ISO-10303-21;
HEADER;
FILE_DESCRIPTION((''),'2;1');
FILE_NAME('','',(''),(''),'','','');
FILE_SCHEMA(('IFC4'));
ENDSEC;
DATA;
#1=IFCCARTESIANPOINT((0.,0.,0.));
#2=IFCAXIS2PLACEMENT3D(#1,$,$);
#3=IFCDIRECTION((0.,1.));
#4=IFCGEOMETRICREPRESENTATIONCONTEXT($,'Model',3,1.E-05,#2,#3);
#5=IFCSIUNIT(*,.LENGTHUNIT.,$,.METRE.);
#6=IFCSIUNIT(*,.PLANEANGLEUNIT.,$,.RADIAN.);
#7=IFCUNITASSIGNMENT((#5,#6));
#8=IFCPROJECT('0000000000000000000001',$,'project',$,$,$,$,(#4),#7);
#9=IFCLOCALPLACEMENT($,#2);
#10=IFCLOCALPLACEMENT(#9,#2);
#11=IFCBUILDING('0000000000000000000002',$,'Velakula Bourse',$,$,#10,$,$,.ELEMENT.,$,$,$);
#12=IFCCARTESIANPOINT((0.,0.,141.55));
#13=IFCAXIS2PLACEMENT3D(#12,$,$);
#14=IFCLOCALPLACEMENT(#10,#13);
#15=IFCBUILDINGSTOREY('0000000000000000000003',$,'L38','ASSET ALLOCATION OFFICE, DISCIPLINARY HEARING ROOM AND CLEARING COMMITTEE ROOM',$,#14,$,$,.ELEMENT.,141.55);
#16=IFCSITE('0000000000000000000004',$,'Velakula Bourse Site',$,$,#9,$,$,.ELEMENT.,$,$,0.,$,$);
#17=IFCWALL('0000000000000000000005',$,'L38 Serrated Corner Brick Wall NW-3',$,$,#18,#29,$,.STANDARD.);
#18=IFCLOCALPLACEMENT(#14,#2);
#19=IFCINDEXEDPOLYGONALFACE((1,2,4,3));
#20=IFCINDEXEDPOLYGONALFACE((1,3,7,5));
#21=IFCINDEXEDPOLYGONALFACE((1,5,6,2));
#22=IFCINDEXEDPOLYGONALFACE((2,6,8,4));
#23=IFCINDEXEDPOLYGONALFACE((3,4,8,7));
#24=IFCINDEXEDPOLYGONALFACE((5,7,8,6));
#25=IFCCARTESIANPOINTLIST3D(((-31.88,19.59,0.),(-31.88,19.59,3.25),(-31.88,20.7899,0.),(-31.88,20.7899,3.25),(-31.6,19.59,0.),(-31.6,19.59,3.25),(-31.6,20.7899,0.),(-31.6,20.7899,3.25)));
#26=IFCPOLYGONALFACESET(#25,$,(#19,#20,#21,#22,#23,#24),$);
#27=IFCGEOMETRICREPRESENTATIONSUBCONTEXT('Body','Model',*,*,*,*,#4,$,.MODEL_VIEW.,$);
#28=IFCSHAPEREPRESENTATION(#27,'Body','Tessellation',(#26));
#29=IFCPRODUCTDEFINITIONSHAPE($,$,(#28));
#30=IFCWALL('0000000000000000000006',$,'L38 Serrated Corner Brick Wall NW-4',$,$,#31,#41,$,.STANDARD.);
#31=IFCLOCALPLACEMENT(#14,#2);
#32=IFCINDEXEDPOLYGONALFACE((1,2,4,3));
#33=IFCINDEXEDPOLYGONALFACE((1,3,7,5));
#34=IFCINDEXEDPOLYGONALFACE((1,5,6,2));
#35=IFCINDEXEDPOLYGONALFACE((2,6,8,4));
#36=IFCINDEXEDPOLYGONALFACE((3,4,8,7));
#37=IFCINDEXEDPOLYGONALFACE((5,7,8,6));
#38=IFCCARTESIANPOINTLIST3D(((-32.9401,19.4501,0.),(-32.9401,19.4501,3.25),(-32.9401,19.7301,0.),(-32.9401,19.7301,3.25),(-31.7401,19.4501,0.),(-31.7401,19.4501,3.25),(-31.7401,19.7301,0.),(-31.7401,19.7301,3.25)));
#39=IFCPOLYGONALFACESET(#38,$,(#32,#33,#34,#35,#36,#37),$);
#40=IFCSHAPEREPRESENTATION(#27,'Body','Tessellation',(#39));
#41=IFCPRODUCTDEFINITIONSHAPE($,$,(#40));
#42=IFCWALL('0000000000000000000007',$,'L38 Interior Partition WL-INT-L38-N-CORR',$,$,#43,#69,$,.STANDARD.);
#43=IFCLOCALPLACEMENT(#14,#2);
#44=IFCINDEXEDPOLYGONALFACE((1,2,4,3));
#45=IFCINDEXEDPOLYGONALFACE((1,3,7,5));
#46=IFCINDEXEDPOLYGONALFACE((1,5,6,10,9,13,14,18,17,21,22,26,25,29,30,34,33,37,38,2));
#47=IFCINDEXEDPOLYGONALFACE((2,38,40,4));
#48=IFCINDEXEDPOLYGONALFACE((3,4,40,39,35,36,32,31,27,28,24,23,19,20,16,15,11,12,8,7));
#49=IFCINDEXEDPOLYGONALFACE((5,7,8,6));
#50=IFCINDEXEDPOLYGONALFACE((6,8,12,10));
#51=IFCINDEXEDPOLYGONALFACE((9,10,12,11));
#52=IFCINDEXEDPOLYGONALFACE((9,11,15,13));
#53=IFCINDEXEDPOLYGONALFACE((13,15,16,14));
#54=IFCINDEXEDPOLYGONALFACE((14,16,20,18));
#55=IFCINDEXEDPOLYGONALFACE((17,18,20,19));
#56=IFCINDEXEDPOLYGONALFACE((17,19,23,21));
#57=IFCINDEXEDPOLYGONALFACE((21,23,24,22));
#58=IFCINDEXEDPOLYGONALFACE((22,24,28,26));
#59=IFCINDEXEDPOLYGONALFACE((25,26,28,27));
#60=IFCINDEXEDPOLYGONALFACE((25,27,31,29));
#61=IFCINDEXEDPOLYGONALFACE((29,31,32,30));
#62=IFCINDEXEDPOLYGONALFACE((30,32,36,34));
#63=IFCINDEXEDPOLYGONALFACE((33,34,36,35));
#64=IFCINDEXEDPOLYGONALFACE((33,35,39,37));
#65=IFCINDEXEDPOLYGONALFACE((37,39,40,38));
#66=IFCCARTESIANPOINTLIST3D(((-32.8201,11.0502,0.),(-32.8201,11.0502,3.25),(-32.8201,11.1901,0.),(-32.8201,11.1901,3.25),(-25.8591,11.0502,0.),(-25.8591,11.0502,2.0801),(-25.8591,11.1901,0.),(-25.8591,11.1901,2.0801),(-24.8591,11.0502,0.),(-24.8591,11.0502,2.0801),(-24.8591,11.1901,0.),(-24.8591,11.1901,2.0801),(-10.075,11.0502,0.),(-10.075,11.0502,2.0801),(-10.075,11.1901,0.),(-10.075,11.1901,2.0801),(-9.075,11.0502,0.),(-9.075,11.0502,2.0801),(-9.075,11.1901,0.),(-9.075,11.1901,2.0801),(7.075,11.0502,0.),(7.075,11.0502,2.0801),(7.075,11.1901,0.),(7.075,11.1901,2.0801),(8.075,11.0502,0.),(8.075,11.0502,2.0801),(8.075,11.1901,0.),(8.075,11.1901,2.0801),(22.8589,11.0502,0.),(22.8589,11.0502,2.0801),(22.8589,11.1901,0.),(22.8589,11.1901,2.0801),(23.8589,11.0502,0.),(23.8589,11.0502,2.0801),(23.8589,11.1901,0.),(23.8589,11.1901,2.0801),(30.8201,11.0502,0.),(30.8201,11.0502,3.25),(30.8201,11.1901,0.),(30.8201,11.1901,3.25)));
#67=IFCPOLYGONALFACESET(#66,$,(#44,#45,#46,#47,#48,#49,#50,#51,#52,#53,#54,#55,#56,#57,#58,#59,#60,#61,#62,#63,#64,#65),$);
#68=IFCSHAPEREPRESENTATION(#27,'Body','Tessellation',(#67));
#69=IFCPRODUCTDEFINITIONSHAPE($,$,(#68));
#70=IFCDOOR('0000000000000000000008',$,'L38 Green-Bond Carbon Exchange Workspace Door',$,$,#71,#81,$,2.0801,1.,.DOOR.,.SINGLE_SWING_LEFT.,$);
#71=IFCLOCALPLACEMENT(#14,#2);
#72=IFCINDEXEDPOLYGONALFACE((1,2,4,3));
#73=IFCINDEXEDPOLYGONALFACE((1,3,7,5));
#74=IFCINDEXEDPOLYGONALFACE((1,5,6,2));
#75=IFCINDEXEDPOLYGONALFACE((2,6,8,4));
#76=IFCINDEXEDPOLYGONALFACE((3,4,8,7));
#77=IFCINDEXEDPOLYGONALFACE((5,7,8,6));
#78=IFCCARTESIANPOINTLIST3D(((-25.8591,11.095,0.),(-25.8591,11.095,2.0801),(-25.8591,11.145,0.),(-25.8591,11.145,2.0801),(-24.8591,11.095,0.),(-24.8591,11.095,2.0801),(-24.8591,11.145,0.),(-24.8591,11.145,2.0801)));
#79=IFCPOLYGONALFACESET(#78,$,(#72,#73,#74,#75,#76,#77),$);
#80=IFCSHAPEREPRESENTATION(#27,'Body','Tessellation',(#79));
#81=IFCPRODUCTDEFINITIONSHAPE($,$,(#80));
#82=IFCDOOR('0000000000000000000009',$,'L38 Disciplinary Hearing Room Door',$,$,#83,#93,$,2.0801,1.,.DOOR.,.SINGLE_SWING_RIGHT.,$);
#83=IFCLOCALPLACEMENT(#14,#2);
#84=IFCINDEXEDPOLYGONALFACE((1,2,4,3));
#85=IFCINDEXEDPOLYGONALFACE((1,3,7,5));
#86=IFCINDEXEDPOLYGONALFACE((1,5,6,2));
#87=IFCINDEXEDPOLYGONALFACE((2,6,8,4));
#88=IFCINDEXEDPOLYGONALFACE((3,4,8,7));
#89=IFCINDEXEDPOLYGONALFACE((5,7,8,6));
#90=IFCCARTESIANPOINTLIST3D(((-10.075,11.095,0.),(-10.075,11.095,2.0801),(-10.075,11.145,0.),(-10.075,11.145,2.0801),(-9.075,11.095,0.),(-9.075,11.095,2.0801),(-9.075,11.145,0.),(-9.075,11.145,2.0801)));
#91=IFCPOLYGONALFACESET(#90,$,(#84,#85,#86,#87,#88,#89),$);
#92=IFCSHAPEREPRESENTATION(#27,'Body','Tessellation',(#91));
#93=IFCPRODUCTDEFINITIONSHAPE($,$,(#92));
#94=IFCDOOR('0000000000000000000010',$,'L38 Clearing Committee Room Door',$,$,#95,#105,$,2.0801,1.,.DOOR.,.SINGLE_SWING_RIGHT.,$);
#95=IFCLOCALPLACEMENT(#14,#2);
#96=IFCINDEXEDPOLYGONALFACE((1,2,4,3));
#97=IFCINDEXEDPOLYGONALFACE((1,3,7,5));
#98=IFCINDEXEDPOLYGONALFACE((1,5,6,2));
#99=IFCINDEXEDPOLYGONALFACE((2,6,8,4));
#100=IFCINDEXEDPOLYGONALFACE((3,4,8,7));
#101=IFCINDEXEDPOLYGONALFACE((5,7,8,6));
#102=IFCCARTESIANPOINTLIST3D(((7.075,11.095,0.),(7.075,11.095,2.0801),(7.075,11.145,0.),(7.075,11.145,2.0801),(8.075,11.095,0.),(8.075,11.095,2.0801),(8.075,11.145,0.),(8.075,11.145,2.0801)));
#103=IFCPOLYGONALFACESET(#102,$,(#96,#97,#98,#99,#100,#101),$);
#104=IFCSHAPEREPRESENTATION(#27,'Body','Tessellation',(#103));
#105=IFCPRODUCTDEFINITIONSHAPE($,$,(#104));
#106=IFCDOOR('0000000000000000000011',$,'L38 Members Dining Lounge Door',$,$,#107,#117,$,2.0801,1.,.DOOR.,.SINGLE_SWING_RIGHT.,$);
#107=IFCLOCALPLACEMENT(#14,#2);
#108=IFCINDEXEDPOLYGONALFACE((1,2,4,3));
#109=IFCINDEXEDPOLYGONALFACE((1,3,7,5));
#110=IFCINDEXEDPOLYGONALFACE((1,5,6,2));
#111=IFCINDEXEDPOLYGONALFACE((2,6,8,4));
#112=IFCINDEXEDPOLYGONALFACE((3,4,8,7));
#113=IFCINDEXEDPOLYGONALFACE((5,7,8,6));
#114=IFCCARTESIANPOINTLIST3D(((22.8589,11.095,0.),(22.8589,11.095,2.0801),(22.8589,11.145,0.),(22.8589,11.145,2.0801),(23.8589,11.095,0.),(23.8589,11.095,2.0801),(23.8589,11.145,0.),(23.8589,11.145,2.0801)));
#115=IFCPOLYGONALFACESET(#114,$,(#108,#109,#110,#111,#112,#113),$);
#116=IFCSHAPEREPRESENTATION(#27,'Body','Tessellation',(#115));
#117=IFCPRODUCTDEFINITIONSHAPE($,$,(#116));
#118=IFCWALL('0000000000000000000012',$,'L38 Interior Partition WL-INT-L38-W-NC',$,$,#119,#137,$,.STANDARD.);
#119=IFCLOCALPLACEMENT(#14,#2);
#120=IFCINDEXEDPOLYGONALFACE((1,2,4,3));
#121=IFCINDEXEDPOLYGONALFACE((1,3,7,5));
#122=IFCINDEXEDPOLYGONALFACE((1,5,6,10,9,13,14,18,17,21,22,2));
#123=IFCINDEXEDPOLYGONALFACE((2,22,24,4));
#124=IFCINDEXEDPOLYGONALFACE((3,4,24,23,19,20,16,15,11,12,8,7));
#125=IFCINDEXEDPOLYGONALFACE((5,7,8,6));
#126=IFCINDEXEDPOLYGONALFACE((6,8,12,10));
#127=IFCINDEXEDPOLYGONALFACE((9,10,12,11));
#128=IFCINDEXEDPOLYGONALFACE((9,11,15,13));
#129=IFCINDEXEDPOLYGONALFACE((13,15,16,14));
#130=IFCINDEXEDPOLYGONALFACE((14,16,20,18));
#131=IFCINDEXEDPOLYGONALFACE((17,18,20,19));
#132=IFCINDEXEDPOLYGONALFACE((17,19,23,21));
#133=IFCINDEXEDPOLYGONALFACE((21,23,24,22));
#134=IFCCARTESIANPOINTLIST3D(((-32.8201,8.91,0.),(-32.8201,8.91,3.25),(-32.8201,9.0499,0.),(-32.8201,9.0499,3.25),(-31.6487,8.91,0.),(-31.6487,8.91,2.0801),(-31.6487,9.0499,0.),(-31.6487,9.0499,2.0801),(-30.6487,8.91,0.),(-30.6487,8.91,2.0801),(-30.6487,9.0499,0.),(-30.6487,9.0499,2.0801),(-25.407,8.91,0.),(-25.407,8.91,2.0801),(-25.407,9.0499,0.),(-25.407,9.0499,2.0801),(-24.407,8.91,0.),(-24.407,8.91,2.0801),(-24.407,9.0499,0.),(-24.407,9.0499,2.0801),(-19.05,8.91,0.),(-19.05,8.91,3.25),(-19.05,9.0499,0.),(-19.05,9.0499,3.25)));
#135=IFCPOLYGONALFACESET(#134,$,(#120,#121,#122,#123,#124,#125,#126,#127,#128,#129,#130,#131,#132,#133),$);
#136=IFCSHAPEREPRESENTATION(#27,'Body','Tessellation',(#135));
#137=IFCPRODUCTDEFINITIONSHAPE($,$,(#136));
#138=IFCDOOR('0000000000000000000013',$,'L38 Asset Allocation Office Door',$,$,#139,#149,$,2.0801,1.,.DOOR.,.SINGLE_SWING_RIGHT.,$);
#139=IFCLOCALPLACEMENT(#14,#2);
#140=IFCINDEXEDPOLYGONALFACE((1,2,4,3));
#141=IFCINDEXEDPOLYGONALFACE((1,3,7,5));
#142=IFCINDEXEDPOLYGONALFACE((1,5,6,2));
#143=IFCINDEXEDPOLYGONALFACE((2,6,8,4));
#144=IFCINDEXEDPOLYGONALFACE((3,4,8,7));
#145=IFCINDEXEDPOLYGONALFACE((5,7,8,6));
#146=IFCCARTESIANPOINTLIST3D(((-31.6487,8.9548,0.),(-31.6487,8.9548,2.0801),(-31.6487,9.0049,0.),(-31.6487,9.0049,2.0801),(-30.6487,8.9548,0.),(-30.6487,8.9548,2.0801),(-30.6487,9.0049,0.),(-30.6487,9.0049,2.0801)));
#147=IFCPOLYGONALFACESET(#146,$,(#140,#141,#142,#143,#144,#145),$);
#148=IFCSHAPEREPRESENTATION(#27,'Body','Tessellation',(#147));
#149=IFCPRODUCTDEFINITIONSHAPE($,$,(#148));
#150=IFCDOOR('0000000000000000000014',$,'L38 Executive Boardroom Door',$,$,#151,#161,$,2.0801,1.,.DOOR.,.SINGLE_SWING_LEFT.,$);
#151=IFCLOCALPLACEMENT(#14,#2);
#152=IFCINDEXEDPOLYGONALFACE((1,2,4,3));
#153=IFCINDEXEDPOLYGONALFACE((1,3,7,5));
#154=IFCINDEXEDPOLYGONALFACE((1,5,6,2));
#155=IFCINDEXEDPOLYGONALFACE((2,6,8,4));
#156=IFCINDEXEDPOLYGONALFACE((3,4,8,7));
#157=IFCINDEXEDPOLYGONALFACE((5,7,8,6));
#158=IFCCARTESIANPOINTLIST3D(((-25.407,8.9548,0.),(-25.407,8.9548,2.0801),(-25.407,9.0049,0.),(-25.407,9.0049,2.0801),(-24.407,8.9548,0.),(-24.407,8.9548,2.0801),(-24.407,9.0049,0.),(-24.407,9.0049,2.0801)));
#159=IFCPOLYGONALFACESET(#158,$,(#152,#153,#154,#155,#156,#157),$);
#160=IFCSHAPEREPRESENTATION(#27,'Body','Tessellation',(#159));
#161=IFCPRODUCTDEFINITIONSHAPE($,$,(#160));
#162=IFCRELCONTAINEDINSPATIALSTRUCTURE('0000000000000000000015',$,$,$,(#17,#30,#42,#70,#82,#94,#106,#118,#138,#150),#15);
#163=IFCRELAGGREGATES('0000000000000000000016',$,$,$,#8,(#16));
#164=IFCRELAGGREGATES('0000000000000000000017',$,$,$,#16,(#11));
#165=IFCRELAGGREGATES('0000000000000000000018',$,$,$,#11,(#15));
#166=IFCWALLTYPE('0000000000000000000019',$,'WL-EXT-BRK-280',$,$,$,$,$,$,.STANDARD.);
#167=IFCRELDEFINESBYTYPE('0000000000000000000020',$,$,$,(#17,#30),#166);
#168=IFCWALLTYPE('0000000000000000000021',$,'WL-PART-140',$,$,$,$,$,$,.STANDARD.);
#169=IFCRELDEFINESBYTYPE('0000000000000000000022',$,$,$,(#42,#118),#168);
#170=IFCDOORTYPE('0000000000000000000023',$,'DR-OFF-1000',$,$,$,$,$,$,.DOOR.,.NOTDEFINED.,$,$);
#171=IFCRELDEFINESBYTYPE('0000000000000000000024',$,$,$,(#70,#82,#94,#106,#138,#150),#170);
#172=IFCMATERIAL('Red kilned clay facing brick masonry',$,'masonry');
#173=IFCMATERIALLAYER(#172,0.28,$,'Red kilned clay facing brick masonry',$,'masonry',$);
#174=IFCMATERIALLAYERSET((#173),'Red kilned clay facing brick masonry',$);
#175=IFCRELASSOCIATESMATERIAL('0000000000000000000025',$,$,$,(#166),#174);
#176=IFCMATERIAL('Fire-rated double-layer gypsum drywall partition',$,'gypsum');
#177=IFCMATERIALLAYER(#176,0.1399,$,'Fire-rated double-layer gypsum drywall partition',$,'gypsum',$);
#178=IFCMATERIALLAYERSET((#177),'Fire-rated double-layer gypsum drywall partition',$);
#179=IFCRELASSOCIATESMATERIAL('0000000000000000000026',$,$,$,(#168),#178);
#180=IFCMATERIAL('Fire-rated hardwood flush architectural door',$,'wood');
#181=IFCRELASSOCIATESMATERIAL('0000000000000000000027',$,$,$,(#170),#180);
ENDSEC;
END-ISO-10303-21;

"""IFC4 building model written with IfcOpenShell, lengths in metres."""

from ifc_helpers import new_model, si_unit, direction, frame, frame_2d, origin, place, context, subcontext, project, spatial, rectangle, extrude, material, layer, layer_set, type_object, element, fill, save


model = new_model("IFC4")

# Units and contexts
model_context = context("Model", 3, precision=1e-05, world=origin(), true_north=direction((0.0, 1.0)))
body_context = subcontext(model_context, "Body", "Model", "MODEL_VIEW")
ifc_project = project(units=[si_unit("LENGTHUNIT", "METRE"), si_unit("PLANEANGLEUNIT", "RADIAN")], contexts=[model_context])

# Site, building, storey
site_placement = place(None, origin())
site = spatial("IfcSite", under=ifc_project, at=site_placement, Name="Velakula Bourse Site", CompositionType="ELEMENT", RefElevation=0.0)
building_placement = place(site_placement, origin())
building = spatial("IfcBuilding", under=site, at=building_placement, Name="Velakula Bourse", CompositionType="ELEMENT")
storey_placement = place(building_placement, frame((0.0, 0.0, 141.55)))
storey = spatial("IfcBuildingStorey", under=building, at=storey_placement, Name="L38", Description="ASSET ALLOCATION OFFICE, DISCIPLINARY HEARING ROOM AND CLEARING COMMITTEE ROOM", CompositionType="ELEMENT", Elevation=141.55)

# Shared definitions
ifc_material_1 = material(Name="Red kilned clay facing brick masonry", Category="masonry")
ifc_layer_1 = layer(ifc_material_1, 0.28, Name="Red kilned clay facing brick masonry", Category="masonry")
ifc_layer_set_1 = layer_set([ifc_layer_1], Name="Red kilned clay facing brick masonry")
wall_type_1 = type_object("IfcWallType", Name="WL-EXT-BRK-280", PredefinedType="STANDARD", material=ifc_layer_set_1)

# Walls
for number, where, z_axis, x_axis, name in (
    (1, (-31.74, 20.79, 0.0), (0.0, 0.0, 1.0), (0.0, -1.0, 0.0), "L38 Serrated Corner Brick Wall NW-3"),
    (2, (-31.74, 19.5901, 0.0), (0.0, 0.0, 1.0), (-1.0, 0.0, 0.0), "L38 Serrated Corner Brick Wall NW-4"),
):
    element("IfcWall", number, at=place(storey_placement, frame(where, z_axis=z_axis, x_axis=x_axis)), inside=storey, type_object=wall_type_1, Name=name, PredefinedType="STANDARD", context=body_context, shape_type="SweptSolid", body=[
        extrude(rectangle(XDim=1.2, YDim=0.28, at=frame_2d((0.6001, 0.0))), origin(), (0.0, 0.0, 1.0), 3.25),
    ])

# Walls, openings, doors
ifc_material_2 = material(Name="Fire-rated double-layer gypsum drywall partition", Category="gypsum")
ifc_layer_2 = layer(ifc_material_2, 0.1399, Name="Fire-rated double-layer gypsum drywall partition", Category="gypsum")
ifc_layer_set_2 = layer_set([ifc_layer_2], Name="Fire-rated double-layer gypsum drywall partition")
wall_type_2 = type_object("IfcWallType", Name="WL-PART-140", PredefinedType="STANDARD", material=ifc_layer_set_2)
wall_1_placement = place(storey_placement, frame((-32.8201, 11.1201, 0.0), z_axis=(0.0, 0.0, 1.0), x_axis=(1.0, 0.0, 0.0)))
wall_1 = element("IfcWall", 3, at=wall_1_placement, inside=storey, type_object=wall_type_2, Name="L38 Interior Partition WL-INT-L38-N-CORR", PredefinedType="STANDARD", context=body_context, shape_type="SweptSolid", body=[
    extrude(rectangle(XDim=63.6401, YDim=0.1399, at=frame_2d((31.8201, 0.0))), origin(), (0.0, 0.0, 1.0), 3.25),
])
opening_1_placement = place(wall_1_placement, frame((6.9609, 0.0, 0.0)))
opening_1 = element("IfcOpeningElement", 4, at=opening_1_placement, cuts=wall_1, PredefinedType="OPENING", context=body_context, shape_type="SweptSolid", body=[
    extrude(rectangle(XDim=1.0, YDim=2.0801, at=frame_2d((0.5, 1.04))), frame((0.0, 0.0798, 0.0), z_axis=(0.0, -1.0, 0.0), x_axis=(1.0, 0.0, 0.0)), (0.0, 0.0, 1.0), 0.1599),
])
opening_2_placement = place(wall_1_placement, frame((22.7451, 0.0, 0.0)))
opening_2 = element("IfcOpeningElement", 5, at=opening_2_placement, cuts=wall_1, PredefinedType="OPENING", context=body_context, shape_type="SweptSolid", body=[
    extrude(rectangle(XDim=1.0, YDim=2.0801, at=frame_2d((0.5, 1.04))), frame((0.0, 0.0798, 0.0), z_axis=(0.0, -1.0, 0.0), x_axis=(1.0, 0.0, 0.0)), (0.0, 0.0, 1.0), 0.1599),
])
opening_3_placement = place(wall_1_placement, frame((39.895, 0.0, 0.0)))
opening_3 = element("IfcOpeningElement", 6, at=opening_3_placement, cuts=wall_1, PredefinedType="OPENING", context=body_context, shape_type="SweptSolid", body=[
    extrude(rectangle(XDim=1.0, YDim=2.0801, at=frame_2d((0.5, 1.04))), frame((0.0, 0.0798, 0.0), z_axis=(0.0, -1.0, 0.0), x_axis=(1.0, 0.0, 0.0)), (0.0, 0.0, 1.0), 0.1599),
])
opening_4_placement = place(wall_1_placement, frame((55.679, 0.0, 0.0)))
opening_4 = element("IfcOpeningElement", 7, at=opening_4_placement, cuts=wall_1, PredefinedType="OPENING", context=body_context, shape_type="SweptSolid", body=[
    extrude(rectangle(XDim=1.0, YDim=2.0801, at=frame_2d((0.5, 1.04))), frame((0.0, 0.0798, 0.0), z_axis=(0.0, -1.0, 0.0), x_axis=(1.0, 0.0, 0.0)), (0.0, 0.0, 1.0), 0.1599),
])
ifc_material_3 = material(Name="Fire-rated hardwood flush architectural door", Category="wood")
door_type = type_object("IfcDoorType", Name="DR-OFF-1000", OperationType="NOTDEFINED", PredefinedType="DOOR", material=ifc_material_3)
door_1_placement = place(opening_1_placement, origin())
door_1 = element("IfcDoor", 8, at=door_1_placement, inside=storey, type_object=door_type, Name="L38 Green-Bond Carbon Exchange Workspace Door", OperationType="SINGLE_SWING_LEFT", OverallHeight=2.0801, OverallWidth=1.0, PredefinedType="DOOR", context=body_context, shape_type="SweptSolid", body=[
    extrude(rectangle(XDim=1.0, YDim=2.0801, at=frame_2d((0.5, 1.04))), frame((0.0, 0.0249, 0.0), z_axis=(0.0, -1.0, 0.0), x_axis=(1.0, 0.0, 0.0)), (0.0, 0.0, 1.0), 0.05),
])
fill(opening_1, door_1)
door_2_placement = place(opening_2_placement, origin())
door_2 = element("IfcDoor", 9, at=door_2_placement, inside=storey, type_object=door_type, Name="L38 Disciplinary Hearing Room Door", OperationType="SINGLE_SWING_RIGHT", OverallHeight=2.0801, OverallWidth=1.0, PredefinedType="DOOR", context=body_context, shape_type="SweptSolid", body=[
    extrude(rectangle(XDim=1.0, YDim=2.0801, at=frame_2d((0.5, 1.04))), frame((0.0, 0.0249, 0.0), z_axis=(0.0, -1.0, 0.0), x_axis=(1.0, 0.0, 0.0)), (0.0, 0.0, 1.0), 0.05),
])
fill(opening_2, door_2)
door_3_placement = place(opening_3_placement, origin())
door_3 = element("IfcDoor", 10, at=door_3_placement, inside=storey, type_object=door_type, Name="L38 Clearing Committee Room Door", OperationType="SINGLE_SWING_RIGHT", OverallHeight=2.0801, OverallWidth=1.0, PredefinedType="DOOR", context=body_context, shape_type="SweptSolid", body=[
    extrude(rectangle(XDim=1.0, YDim=2.0801, at=frame_2d((0.5, 1.04))), frame((0.0, 0.0249, 0.0), z_axis=(0.0, -1.0, 0.0), x_axis=(1.0, 0.0, 0.0)), (0.0, 0.0, 1.0), 0.05),
])
fill(opening_3, door_3)
door_4_placement = place(opening_4_placement, origin())
door_4 = element("IfcDoor", 11, at=door_4_placement, inside=storey, type_object=door_type, Name="L38 Members Dining Lounge Door", OperationType="SINGLE_SWING_RIGHT", OverallHeight=2.0801, OverallWidth=1.0, PredefinedType="DOOR", context=body_context, shape_type="SweptSolid", body=[
    extrude(rectangle(XDim=1.0, YDim=2.0801, at=frame_2d((0.5, 1.04))), frame((0.0, 0.0249, 0.0), z_axis=(0.0, -1.0, 0.0), x_axis=(1.0, 0.0, 0.0)), (0.0, 0.0, 1.0), 0.05),
])
fill(opening_4, door_4)
wall_2_placement = place(storey_placement, frame((-32.8201, 8.98, 0.0), z_axis=(0.0, 0.0, 1.0), x_axis=(1.0, 0.0, 0.0)))
wall_2 = element("IfcWall", 12, at=wall_2_placement, inside=storey, type_object=wall_type_2, Name="L38 Interior Partition WL-INT-L38-W-NC", PredefinedType="STANDARD", context=body_context, shape_type="SweptSolid", body=[
    extrude(rectangle(XDim=13.77, YDim=0.1399, at=frame_2d((6.885, 0.0))), origin(), (0.0, 0.0, 1.0), 3.25),
])
opening_5_placement = place(wall_2_placement, frame((1.1714, 0.0, 0.0)))
opening_5 = element("IfcOpeningElement", 13, at=opening_5_placement, cuts=wall_2, PredefinedType="OPENING", context=body_context, shape_type="SweptSolid", body=[
    extrude(rectangle(XDim=1.0, YDim=2.0801, at=frame_2d((0.5, 1.04))), frame((0.0, 0.0798, 0.0), z_axis=(0.0, -1.0, 0.0), x_axis=(1.0, 0.0, 0.0)), (0.0, 0.0, 1.0), 0.1599),
])
opening_6_placement = place(wall_2_placement, frame((7.4131, 0.0, 0.0)))
opening_6 = element("IfcOpeningElement", 14, at=opening_6_placement, cuts=wall_2, PredefinedType="OPENING", context=body_context, shape_type="SweptSolid", body=[
    extrude(rectangle(XDim=1.0, YDim=2.0801, at=frame_2d((0.5, 1.04))), frame((0.0, 0.0798, 0.0), z_axis=(0.0, -1.0, 0.0), x_axis=(1.0, 0.0, 0.0)), (0.0, 0.0, 1.0), 0.1599),
])
door_5_placement = place(opening_5_placement, origin())
door_5 = element("IfcDoor", 15, at=door_5_placement, inside=storey, type_object=door_type, Name="L38 Asset Allocation Office Door", OperationType="SINGLE_SWING_RIGHT", OverallHeight=2.0801, OverallWidth=1.0, PredefinedType="DOOR", context=body_context, shape_type="SweptSolid", body=[
    extrude(rectangle(XDim=1.0, YDim=2.0801, at=frame_2d((0.5, 1.04))), frame((0.0, 0.0249, 0.0), z_axis=(0.0, -1.0, 0.0), x_axis=(1.0, 0.0, 0.0)), (0.0, 0.0, 1.0), 0.05),
])
fill(opening_5, door_5)
door_6_placement = place(opening_6_placement, origin())
door_6 = element("IfcDoor", 16, at=door_6_placement, inside=storey, type_object=door_type, Name="L38 Executive Boardroom Door", OperationType="SINGLE_SWING_LEFT", OverallHeight=2.0801, OverallWidth=1.0, PredefinedType="DOOR", context=body_context, shape_type="SweptSolid", body=[
    extrude(rectangle(XDim=1.0, YDim=2.0801, at=frame_2d((0.5, 1.04))), frame((0.0, 0.0249, 0.0), z_axis=(0.0, -1.0, 0.0), x_axis=(1.0, 0.0, 0.0)), (0.0, 0.0, 1.0), 0.05),
])
fill(opening_6, door_6)

save(model, "model.ifc")
